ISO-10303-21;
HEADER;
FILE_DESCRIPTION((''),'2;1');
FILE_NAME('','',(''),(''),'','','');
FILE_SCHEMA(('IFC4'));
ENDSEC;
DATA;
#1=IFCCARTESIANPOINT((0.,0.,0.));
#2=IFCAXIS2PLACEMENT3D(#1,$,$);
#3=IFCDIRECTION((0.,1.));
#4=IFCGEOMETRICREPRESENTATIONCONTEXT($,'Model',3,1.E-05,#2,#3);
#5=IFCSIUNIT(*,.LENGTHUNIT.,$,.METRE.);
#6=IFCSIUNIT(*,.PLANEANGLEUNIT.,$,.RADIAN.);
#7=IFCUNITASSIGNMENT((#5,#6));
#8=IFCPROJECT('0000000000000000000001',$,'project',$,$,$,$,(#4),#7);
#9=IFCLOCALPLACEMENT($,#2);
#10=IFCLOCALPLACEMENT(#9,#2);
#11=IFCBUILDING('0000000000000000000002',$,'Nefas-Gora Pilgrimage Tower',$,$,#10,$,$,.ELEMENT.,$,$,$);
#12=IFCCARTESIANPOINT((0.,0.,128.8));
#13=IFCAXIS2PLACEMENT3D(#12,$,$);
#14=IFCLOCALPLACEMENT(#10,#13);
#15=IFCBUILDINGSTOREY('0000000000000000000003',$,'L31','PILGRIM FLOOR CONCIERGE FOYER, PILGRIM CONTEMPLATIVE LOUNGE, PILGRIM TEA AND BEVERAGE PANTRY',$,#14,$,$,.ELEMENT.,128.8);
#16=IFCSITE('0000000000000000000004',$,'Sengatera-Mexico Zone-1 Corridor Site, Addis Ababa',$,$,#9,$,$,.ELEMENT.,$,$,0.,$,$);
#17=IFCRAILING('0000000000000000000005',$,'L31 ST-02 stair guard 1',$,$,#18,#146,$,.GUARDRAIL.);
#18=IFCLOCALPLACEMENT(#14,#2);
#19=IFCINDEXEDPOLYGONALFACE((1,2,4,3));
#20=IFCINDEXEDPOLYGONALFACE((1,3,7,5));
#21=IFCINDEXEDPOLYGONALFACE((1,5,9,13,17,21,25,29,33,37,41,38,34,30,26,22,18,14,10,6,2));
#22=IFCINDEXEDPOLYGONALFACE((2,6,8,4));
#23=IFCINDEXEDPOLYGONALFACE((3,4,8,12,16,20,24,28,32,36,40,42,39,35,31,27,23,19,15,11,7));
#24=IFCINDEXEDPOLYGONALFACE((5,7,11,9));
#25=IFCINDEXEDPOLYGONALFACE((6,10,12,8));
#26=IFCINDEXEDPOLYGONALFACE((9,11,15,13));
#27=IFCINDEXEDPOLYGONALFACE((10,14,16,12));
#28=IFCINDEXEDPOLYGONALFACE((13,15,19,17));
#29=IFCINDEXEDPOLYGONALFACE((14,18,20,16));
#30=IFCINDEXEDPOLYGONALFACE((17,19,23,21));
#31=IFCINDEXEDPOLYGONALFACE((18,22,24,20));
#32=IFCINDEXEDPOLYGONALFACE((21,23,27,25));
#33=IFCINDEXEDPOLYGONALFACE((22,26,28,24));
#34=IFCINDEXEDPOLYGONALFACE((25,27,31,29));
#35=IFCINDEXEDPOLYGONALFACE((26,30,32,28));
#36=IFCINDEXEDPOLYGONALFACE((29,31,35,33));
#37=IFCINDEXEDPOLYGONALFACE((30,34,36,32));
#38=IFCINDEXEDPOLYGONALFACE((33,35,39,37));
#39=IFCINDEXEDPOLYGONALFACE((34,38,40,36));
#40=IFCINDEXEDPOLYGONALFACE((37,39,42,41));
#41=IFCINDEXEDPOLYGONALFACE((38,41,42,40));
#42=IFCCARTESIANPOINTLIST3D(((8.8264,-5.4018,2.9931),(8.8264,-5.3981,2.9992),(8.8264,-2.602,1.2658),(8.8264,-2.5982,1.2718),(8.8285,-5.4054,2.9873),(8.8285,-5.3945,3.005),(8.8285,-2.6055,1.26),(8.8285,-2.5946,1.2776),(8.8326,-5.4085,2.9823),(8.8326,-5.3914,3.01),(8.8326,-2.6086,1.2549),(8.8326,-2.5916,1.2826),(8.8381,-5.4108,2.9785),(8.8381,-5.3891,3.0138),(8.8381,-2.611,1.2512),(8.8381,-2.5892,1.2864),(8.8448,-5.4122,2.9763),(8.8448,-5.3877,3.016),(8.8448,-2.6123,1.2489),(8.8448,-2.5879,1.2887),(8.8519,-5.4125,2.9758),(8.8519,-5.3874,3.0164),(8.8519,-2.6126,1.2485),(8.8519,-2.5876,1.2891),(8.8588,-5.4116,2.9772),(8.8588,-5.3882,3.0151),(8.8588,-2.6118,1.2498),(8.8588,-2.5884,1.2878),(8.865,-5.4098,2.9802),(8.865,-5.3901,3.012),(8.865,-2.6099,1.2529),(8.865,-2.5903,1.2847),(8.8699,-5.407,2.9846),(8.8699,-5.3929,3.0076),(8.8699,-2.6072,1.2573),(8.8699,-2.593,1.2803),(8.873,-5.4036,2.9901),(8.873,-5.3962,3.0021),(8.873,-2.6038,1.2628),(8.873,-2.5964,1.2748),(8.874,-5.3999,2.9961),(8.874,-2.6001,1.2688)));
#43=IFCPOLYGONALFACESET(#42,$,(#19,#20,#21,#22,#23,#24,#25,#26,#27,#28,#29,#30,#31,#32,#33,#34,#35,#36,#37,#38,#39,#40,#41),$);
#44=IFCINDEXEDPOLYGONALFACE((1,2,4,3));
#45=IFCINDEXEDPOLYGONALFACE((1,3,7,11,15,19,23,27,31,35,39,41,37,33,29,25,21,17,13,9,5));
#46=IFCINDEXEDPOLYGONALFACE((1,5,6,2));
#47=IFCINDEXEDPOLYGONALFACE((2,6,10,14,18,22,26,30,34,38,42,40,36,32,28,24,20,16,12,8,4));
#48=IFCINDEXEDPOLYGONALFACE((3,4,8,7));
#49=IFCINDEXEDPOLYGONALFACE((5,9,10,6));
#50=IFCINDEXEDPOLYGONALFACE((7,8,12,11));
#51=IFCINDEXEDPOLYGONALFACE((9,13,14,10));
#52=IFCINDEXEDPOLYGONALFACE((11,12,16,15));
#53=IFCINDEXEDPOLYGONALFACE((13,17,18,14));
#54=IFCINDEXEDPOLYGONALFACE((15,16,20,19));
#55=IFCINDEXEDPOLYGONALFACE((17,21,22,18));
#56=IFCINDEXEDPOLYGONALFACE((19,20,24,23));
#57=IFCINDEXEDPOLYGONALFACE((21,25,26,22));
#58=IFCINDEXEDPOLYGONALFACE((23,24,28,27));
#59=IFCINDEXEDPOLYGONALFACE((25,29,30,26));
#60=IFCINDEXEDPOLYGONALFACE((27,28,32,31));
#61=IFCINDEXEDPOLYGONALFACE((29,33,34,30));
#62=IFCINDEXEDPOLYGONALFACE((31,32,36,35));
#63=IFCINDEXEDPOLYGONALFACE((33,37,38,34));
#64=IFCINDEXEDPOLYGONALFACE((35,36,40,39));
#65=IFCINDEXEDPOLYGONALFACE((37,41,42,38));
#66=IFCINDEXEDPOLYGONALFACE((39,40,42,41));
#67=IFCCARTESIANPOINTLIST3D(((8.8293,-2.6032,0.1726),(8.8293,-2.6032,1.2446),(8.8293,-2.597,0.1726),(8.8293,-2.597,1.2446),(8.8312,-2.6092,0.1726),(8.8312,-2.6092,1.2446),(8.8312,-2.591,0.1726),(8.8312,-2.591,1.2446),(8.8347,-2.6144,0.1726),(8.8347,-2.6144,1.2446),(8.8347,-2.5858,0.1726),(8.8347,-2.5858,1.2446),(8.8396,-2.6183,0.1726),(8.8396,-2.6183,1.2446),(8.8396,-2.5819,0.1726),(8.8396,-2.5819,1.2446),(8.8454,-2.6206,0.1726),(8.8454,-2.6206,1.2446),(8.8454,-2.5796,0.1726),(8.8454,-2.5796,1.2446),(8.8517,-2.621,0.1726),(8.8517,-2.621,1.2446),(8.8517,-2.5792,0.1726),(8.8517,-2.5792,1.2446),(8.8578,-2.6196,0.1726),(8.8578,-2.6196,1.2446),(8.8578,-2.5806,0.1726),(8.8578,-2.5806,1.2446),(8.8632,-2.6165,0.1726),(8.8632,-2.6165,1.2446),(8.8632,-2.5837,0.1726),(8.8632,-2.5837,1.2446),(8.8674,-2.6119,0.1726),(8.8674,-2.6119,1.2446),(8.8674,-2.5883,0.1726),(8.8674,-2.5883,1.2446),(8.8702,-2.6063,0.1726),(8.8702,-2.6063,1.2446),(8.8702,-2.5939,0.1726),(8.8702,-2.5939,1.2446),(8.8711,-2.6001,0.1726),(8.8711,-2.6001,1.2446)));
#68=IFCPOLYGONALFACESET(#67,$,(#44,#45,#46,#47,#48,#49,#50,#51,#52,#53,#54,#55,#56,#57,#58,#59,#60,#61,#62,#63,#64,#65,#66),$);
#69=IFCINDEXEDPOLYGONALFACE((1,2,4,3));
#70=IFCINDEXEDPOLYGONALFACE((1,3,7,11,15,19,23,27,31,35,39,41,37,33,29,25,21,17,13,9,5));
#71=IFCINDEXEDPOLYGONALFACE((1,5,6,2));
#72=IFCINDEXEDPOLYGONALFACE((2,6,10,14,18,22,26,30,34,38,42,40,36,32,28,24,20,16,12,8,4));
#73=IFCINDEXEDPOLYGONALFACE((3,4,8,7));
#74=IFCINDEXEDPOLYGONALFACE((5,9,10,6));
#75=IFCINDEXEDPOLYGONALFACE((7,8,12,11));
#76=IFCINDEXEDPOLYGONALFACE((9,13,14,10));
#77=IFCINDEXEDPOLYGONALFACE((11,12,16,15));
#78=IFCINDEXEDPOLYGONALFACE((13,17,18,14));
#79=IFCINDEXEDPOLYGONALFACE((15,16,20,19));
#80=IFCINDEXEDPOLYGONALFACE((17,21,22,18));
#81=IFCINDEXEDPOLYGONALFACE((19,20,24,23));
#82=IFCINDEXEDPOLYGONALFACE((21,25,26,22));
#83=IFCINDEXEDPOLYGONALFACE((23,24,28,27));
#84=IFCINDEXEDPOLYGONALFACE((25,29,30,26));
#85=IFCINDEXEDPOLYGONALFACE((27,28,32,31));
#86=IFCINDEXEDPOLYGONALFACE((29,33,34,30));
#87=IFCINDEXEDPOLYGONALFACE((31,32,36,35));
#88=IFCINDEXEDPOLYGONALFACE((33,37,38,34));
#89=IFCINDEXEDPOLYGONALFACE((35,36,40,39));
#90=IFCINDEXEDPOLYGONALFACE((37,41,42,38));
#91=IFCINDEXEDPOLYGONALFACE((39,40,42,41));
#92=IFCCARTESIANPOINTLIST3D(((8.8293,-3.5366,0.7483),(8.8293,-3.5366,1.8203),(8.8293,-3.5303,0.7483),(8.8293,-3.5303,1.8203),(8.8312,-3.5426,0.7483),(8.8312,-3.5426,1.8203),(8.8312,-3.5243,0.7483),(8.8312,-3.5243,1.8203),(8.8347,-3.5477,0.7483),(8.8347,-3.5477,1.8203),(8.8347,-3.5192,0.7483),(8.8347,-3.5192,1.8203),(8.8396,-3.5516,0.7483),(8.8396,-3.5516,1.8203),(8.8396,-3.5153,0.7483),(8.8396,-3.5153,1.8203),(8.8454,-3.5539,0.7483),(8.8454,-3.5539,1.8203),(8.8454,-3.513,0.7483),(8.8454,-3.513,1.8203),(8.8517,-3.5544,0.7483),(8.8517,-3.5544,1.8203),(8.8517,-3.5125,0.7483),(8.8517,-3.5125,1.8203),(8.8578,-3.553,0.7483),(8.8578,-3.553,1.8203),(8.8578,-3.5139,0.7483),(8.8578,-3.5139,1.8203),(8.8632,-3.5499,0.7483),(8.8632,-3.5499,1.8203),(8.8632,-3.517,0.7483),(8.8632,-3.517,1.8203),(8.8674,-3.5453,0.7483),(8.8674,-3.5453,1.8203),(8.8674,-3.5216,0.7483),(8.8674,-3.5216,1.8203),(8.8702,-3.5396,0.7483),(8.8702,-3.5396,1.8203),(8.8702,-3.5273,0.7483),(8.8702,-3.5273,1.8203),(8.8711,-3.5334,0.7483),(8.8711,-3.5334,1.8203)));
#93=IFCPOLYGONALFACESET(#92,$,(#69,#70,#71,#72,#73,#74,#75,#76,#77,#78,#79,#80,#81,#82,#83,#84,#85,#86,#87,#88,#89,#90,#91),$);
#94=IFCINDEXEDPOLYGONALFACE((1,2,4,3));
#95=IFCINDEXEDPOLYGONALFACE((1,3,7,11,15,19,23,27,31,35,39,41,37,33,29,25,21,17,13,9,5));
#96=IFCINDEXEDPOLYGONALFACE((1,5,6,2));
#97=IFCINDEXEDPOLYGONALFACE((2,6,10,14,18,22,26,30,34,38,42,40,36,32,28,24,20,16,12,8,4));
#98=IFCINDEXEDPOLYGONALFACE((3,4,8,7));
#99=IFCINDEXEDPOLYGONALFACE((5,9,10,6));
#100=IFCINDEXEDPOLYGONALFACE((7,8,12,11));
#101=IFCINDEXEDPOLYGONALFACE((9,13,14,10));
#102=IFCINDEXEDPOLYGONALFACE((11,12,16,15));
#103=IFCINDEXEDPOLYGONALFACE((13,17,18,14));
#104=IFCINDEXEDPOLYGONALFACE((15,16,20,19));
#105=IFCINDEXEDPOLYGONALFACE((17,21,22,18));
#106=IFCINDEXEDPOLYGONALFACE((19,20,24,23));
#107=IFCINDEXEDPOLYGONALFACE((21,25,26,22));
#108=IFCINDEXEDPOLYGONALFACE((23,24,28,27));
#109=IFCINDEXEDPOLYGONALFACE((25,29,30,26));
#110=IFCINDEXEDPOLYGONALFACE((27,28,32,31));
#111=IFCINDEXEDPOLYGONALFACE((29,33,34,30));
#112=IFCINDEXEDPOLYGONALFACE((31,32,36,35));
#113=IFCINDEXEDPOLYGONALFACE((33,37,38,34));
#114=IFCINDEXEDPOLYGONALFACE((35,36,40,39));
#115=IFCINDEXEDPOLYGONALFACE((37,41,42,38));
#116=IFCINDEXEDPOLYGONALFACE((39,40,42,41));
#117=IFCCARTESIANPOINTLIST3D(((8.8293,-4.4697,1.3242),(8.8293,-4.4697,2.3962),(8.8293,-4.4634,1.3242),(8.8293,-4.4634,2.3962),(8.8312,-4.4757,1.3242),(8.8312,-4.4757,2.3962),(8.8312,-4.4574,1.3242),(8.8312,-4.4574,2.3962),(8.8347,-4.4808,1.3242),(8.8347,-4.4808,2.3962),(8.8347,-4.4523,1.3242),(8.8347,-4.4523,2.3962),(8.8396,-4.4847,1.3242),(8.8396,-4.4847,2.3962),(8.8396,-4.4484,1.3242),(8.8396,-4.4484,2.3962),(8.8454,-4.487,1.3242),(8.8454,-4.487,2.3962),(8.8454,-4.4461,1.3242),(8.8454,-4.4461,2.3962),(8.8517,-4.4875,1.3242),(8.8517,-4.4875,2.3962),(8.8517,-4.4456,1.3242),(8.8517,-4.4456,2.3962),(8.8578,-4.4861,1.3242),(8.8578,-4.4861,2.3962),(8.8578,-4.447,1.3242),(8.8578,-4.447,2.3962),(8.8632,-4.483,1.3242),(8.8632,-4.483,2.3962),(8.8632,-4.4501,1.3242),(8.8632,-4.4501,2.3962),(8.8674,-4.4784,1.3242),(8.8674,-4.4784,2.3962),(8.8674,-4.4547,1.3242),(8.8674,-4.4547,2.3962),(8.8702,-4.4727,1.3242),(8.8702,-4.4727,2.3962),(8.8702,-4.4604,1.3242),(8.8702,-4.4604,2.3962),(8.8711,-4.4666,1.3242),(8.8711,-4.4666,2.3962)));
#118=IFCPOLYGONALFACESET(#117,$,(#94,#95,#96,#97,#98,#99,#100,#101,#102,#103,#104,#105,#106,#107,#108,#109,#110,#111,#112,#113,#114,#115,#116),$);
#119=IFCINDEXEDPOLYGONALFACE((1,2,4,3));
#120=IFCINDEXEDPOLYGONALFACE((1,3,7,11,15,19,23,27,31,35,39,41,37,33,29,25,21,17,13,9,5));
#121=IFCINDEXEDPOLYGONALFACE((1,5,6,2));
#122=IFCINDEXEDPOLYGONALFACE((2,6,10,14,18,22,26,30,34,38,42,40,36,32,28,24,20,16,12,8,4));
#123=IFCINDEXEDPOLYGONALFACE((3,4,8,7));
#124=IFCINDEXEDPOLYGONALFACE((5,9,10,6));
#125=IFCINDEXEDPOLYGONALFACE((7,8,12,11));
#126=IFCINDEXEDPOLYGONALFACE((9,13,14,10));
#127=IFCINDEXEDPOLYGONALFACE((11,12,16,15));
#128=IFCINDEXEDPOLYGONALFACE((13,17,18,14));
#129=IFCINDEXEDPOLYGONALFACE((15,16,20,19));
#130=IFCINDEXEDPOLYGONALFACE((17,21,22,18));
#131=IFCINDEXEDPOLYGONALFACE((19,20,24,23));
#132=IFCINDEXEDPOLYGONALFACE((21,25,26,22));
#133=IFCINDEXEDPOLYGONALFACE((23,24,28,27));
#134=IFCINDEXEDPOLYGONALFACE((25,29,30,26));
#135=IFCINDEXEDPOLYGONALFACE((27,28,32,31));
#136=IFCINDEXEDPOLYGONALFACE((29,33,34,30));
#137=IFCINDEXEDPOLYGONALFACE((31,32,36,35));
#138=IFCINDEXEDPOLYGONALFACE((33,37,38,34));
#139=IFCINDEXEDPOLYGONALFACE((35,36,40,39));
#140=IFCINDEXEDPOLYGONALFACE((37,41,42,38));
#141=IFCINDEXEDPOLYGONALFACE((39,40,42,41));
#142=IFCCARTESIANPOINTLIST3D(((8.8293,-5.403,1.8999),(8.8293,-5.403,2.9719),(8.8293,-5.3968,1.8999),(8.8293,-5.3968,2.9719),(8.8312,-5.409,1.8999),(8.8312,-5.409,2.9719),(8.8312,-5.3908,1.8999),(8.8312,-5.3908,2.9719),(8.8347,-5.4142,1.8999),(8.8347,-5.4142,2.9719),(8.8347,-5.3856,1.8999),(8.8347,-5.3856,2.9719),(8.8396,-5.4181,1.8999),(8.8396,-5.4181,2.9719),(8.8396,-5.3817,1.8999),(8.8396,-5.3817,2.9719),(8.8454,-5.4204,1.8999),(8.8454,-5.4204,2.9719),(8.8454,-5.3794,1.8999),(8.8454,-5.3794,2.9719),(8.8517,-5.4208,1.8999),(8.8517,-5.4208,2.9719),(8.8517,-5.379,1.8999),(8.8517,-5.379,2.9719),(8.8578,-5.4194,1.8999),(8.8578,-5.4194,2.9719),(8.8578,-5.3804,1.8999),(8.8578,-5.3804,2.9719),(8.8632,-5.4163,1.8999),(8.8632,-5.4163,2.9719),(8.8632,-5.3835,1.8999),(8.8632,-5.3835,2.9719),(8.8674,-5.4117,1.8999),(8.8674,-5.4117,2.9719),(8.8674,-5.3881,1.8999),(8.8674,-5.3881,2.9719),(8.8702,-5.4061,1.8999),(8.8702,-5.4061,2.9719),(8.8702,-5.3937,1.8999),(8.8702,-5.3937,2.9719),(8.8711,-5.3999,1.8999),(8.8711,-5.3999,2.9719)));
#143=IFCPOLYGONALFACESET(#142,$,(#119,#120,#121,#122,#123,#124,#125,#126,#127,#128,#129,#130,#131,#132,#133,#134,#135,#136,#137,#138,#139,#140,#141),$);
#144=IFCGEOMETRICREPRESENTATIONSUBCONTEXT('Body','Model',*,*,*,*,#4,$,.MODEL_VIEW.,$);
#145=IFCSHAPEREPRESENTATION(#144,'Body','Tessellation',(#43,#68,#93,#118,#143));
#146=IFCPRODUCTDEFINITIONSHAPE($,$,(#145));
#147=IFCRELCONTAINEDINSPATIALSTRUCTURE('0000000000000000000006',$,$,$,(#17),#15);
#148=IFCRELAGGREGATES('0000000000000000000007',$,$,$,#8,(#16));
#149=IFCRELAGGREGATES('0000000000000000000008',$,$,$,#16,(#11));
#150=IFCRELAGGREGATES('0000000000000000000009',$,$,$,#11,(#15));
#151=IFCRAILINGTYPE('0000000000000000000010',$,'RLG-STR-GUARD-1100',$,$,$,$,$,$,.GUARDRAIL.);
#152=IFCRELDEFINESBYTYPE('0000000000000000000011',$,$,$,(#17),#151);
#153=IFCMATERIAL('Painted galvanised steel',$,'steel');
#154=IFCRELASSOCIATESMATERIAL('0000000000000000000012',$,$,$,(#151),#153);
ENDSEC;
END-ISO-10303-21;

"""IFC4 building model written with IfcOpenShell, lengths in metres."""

from ifc_helpers import new_model, si_unit, direction, frame, origin, origin_2d, place, context, subcontext, project, spatial, circle, extrude, material, type_object, element, save


model = new_model("IFC4")

# Units and contexts
model_context = context("Model", 3, precision=1e-05, world=origin(), true_north=direction((0.0, 1.0)))
body_context = subcontext(model_context, "Body", "Model", "MODEL_VIEW")
ifc_project = project(units=[si_unit("LENGTHUNIT", "METRE"), si_unit("PLANEANGLEUNIT", "RADIAN")], contexts=[model_context])

# Site, building, storey
site_placement = place(None, origin())
site = spatial("IfcSite", under=ifc_project, at=site_placement, Name="Sengatera-Mexico Zone-1 Corridor Site, Addis Ababa", CompositionType="ELEMENT", RefElevation=0.0)
building_placement = place(site_placement, origin())
building = spatial("IfcBuilding", under=site, at=building_placement, Name="Nefas-Gora Pilgrimage Tower", CompositionType="ELEMENT")
storey_placement = place(building_placement, frame((0.0, 0.0, 128.8)))
storey = spatial("IfcBuildingStorey", under=building, at=storey_placement, Name="L31", Description="PILGRIM FLOOR CONCIERGE FOYER, PILGRIM CONTEMPLATIVE LOUNGE, PILGRIM TEA AND BEVERAGE PANTRY", CompositionType="ELEMENT", Elevation=128.8)

# Railing
ifc_material_1 = material(Name="Painted galvanised steel", Category="steel")
railing_type_1 = type_object("IfcRailingType", Name="RLG-STR-GUARD-1100", PredefinedType="GUARDRAIL", material=ifc_material_1)
railing_1_placement = place(storey_placement, frame((8.8501, -2.6001, 0.1726)))
element("IfcRailing", 1, at=railing_1_placement, inside=storey, type_object=railing_type_1, Name="L31 ST-02 stair guard 1", PredefinedType="GUARDRAIL", context=body_context, shape_type="SweptSolid", body=[
    extrude(circle(Radius=0.0239, at=origin_2d()), frame((0.0, 0.0, 1.0962), z_axis=(0.0, -0.851069, 0.525054), x_axis=(1.0, 0.0, 0.0)), (0.0, 0.0, 1.0), 3.2898),
    extrude(circle(Radius=0.021, at=origin_2d()), origin(), (0.0, 0.0, 1.0), 1.072),
    extrude(circle(Radius=0.021, at=origin_2d()), frame((0.0, -0.9333, 0.5757)), (0.0, 0.0, 1.0), 1.072),
    extrude(circle(Radius=0.021, at=origin_2d()), frame((0.0, -1.8665, 1.1516)), (0.0, 0.0, 1.0), 1.072),
    extrude(circle(Radius=0.021, at=origin_2d()), frame((0.0, -2.7998, 1.7273)), (0.0, 0.0, 1.0), 1.072),
])

save(model, "model.ifc")
